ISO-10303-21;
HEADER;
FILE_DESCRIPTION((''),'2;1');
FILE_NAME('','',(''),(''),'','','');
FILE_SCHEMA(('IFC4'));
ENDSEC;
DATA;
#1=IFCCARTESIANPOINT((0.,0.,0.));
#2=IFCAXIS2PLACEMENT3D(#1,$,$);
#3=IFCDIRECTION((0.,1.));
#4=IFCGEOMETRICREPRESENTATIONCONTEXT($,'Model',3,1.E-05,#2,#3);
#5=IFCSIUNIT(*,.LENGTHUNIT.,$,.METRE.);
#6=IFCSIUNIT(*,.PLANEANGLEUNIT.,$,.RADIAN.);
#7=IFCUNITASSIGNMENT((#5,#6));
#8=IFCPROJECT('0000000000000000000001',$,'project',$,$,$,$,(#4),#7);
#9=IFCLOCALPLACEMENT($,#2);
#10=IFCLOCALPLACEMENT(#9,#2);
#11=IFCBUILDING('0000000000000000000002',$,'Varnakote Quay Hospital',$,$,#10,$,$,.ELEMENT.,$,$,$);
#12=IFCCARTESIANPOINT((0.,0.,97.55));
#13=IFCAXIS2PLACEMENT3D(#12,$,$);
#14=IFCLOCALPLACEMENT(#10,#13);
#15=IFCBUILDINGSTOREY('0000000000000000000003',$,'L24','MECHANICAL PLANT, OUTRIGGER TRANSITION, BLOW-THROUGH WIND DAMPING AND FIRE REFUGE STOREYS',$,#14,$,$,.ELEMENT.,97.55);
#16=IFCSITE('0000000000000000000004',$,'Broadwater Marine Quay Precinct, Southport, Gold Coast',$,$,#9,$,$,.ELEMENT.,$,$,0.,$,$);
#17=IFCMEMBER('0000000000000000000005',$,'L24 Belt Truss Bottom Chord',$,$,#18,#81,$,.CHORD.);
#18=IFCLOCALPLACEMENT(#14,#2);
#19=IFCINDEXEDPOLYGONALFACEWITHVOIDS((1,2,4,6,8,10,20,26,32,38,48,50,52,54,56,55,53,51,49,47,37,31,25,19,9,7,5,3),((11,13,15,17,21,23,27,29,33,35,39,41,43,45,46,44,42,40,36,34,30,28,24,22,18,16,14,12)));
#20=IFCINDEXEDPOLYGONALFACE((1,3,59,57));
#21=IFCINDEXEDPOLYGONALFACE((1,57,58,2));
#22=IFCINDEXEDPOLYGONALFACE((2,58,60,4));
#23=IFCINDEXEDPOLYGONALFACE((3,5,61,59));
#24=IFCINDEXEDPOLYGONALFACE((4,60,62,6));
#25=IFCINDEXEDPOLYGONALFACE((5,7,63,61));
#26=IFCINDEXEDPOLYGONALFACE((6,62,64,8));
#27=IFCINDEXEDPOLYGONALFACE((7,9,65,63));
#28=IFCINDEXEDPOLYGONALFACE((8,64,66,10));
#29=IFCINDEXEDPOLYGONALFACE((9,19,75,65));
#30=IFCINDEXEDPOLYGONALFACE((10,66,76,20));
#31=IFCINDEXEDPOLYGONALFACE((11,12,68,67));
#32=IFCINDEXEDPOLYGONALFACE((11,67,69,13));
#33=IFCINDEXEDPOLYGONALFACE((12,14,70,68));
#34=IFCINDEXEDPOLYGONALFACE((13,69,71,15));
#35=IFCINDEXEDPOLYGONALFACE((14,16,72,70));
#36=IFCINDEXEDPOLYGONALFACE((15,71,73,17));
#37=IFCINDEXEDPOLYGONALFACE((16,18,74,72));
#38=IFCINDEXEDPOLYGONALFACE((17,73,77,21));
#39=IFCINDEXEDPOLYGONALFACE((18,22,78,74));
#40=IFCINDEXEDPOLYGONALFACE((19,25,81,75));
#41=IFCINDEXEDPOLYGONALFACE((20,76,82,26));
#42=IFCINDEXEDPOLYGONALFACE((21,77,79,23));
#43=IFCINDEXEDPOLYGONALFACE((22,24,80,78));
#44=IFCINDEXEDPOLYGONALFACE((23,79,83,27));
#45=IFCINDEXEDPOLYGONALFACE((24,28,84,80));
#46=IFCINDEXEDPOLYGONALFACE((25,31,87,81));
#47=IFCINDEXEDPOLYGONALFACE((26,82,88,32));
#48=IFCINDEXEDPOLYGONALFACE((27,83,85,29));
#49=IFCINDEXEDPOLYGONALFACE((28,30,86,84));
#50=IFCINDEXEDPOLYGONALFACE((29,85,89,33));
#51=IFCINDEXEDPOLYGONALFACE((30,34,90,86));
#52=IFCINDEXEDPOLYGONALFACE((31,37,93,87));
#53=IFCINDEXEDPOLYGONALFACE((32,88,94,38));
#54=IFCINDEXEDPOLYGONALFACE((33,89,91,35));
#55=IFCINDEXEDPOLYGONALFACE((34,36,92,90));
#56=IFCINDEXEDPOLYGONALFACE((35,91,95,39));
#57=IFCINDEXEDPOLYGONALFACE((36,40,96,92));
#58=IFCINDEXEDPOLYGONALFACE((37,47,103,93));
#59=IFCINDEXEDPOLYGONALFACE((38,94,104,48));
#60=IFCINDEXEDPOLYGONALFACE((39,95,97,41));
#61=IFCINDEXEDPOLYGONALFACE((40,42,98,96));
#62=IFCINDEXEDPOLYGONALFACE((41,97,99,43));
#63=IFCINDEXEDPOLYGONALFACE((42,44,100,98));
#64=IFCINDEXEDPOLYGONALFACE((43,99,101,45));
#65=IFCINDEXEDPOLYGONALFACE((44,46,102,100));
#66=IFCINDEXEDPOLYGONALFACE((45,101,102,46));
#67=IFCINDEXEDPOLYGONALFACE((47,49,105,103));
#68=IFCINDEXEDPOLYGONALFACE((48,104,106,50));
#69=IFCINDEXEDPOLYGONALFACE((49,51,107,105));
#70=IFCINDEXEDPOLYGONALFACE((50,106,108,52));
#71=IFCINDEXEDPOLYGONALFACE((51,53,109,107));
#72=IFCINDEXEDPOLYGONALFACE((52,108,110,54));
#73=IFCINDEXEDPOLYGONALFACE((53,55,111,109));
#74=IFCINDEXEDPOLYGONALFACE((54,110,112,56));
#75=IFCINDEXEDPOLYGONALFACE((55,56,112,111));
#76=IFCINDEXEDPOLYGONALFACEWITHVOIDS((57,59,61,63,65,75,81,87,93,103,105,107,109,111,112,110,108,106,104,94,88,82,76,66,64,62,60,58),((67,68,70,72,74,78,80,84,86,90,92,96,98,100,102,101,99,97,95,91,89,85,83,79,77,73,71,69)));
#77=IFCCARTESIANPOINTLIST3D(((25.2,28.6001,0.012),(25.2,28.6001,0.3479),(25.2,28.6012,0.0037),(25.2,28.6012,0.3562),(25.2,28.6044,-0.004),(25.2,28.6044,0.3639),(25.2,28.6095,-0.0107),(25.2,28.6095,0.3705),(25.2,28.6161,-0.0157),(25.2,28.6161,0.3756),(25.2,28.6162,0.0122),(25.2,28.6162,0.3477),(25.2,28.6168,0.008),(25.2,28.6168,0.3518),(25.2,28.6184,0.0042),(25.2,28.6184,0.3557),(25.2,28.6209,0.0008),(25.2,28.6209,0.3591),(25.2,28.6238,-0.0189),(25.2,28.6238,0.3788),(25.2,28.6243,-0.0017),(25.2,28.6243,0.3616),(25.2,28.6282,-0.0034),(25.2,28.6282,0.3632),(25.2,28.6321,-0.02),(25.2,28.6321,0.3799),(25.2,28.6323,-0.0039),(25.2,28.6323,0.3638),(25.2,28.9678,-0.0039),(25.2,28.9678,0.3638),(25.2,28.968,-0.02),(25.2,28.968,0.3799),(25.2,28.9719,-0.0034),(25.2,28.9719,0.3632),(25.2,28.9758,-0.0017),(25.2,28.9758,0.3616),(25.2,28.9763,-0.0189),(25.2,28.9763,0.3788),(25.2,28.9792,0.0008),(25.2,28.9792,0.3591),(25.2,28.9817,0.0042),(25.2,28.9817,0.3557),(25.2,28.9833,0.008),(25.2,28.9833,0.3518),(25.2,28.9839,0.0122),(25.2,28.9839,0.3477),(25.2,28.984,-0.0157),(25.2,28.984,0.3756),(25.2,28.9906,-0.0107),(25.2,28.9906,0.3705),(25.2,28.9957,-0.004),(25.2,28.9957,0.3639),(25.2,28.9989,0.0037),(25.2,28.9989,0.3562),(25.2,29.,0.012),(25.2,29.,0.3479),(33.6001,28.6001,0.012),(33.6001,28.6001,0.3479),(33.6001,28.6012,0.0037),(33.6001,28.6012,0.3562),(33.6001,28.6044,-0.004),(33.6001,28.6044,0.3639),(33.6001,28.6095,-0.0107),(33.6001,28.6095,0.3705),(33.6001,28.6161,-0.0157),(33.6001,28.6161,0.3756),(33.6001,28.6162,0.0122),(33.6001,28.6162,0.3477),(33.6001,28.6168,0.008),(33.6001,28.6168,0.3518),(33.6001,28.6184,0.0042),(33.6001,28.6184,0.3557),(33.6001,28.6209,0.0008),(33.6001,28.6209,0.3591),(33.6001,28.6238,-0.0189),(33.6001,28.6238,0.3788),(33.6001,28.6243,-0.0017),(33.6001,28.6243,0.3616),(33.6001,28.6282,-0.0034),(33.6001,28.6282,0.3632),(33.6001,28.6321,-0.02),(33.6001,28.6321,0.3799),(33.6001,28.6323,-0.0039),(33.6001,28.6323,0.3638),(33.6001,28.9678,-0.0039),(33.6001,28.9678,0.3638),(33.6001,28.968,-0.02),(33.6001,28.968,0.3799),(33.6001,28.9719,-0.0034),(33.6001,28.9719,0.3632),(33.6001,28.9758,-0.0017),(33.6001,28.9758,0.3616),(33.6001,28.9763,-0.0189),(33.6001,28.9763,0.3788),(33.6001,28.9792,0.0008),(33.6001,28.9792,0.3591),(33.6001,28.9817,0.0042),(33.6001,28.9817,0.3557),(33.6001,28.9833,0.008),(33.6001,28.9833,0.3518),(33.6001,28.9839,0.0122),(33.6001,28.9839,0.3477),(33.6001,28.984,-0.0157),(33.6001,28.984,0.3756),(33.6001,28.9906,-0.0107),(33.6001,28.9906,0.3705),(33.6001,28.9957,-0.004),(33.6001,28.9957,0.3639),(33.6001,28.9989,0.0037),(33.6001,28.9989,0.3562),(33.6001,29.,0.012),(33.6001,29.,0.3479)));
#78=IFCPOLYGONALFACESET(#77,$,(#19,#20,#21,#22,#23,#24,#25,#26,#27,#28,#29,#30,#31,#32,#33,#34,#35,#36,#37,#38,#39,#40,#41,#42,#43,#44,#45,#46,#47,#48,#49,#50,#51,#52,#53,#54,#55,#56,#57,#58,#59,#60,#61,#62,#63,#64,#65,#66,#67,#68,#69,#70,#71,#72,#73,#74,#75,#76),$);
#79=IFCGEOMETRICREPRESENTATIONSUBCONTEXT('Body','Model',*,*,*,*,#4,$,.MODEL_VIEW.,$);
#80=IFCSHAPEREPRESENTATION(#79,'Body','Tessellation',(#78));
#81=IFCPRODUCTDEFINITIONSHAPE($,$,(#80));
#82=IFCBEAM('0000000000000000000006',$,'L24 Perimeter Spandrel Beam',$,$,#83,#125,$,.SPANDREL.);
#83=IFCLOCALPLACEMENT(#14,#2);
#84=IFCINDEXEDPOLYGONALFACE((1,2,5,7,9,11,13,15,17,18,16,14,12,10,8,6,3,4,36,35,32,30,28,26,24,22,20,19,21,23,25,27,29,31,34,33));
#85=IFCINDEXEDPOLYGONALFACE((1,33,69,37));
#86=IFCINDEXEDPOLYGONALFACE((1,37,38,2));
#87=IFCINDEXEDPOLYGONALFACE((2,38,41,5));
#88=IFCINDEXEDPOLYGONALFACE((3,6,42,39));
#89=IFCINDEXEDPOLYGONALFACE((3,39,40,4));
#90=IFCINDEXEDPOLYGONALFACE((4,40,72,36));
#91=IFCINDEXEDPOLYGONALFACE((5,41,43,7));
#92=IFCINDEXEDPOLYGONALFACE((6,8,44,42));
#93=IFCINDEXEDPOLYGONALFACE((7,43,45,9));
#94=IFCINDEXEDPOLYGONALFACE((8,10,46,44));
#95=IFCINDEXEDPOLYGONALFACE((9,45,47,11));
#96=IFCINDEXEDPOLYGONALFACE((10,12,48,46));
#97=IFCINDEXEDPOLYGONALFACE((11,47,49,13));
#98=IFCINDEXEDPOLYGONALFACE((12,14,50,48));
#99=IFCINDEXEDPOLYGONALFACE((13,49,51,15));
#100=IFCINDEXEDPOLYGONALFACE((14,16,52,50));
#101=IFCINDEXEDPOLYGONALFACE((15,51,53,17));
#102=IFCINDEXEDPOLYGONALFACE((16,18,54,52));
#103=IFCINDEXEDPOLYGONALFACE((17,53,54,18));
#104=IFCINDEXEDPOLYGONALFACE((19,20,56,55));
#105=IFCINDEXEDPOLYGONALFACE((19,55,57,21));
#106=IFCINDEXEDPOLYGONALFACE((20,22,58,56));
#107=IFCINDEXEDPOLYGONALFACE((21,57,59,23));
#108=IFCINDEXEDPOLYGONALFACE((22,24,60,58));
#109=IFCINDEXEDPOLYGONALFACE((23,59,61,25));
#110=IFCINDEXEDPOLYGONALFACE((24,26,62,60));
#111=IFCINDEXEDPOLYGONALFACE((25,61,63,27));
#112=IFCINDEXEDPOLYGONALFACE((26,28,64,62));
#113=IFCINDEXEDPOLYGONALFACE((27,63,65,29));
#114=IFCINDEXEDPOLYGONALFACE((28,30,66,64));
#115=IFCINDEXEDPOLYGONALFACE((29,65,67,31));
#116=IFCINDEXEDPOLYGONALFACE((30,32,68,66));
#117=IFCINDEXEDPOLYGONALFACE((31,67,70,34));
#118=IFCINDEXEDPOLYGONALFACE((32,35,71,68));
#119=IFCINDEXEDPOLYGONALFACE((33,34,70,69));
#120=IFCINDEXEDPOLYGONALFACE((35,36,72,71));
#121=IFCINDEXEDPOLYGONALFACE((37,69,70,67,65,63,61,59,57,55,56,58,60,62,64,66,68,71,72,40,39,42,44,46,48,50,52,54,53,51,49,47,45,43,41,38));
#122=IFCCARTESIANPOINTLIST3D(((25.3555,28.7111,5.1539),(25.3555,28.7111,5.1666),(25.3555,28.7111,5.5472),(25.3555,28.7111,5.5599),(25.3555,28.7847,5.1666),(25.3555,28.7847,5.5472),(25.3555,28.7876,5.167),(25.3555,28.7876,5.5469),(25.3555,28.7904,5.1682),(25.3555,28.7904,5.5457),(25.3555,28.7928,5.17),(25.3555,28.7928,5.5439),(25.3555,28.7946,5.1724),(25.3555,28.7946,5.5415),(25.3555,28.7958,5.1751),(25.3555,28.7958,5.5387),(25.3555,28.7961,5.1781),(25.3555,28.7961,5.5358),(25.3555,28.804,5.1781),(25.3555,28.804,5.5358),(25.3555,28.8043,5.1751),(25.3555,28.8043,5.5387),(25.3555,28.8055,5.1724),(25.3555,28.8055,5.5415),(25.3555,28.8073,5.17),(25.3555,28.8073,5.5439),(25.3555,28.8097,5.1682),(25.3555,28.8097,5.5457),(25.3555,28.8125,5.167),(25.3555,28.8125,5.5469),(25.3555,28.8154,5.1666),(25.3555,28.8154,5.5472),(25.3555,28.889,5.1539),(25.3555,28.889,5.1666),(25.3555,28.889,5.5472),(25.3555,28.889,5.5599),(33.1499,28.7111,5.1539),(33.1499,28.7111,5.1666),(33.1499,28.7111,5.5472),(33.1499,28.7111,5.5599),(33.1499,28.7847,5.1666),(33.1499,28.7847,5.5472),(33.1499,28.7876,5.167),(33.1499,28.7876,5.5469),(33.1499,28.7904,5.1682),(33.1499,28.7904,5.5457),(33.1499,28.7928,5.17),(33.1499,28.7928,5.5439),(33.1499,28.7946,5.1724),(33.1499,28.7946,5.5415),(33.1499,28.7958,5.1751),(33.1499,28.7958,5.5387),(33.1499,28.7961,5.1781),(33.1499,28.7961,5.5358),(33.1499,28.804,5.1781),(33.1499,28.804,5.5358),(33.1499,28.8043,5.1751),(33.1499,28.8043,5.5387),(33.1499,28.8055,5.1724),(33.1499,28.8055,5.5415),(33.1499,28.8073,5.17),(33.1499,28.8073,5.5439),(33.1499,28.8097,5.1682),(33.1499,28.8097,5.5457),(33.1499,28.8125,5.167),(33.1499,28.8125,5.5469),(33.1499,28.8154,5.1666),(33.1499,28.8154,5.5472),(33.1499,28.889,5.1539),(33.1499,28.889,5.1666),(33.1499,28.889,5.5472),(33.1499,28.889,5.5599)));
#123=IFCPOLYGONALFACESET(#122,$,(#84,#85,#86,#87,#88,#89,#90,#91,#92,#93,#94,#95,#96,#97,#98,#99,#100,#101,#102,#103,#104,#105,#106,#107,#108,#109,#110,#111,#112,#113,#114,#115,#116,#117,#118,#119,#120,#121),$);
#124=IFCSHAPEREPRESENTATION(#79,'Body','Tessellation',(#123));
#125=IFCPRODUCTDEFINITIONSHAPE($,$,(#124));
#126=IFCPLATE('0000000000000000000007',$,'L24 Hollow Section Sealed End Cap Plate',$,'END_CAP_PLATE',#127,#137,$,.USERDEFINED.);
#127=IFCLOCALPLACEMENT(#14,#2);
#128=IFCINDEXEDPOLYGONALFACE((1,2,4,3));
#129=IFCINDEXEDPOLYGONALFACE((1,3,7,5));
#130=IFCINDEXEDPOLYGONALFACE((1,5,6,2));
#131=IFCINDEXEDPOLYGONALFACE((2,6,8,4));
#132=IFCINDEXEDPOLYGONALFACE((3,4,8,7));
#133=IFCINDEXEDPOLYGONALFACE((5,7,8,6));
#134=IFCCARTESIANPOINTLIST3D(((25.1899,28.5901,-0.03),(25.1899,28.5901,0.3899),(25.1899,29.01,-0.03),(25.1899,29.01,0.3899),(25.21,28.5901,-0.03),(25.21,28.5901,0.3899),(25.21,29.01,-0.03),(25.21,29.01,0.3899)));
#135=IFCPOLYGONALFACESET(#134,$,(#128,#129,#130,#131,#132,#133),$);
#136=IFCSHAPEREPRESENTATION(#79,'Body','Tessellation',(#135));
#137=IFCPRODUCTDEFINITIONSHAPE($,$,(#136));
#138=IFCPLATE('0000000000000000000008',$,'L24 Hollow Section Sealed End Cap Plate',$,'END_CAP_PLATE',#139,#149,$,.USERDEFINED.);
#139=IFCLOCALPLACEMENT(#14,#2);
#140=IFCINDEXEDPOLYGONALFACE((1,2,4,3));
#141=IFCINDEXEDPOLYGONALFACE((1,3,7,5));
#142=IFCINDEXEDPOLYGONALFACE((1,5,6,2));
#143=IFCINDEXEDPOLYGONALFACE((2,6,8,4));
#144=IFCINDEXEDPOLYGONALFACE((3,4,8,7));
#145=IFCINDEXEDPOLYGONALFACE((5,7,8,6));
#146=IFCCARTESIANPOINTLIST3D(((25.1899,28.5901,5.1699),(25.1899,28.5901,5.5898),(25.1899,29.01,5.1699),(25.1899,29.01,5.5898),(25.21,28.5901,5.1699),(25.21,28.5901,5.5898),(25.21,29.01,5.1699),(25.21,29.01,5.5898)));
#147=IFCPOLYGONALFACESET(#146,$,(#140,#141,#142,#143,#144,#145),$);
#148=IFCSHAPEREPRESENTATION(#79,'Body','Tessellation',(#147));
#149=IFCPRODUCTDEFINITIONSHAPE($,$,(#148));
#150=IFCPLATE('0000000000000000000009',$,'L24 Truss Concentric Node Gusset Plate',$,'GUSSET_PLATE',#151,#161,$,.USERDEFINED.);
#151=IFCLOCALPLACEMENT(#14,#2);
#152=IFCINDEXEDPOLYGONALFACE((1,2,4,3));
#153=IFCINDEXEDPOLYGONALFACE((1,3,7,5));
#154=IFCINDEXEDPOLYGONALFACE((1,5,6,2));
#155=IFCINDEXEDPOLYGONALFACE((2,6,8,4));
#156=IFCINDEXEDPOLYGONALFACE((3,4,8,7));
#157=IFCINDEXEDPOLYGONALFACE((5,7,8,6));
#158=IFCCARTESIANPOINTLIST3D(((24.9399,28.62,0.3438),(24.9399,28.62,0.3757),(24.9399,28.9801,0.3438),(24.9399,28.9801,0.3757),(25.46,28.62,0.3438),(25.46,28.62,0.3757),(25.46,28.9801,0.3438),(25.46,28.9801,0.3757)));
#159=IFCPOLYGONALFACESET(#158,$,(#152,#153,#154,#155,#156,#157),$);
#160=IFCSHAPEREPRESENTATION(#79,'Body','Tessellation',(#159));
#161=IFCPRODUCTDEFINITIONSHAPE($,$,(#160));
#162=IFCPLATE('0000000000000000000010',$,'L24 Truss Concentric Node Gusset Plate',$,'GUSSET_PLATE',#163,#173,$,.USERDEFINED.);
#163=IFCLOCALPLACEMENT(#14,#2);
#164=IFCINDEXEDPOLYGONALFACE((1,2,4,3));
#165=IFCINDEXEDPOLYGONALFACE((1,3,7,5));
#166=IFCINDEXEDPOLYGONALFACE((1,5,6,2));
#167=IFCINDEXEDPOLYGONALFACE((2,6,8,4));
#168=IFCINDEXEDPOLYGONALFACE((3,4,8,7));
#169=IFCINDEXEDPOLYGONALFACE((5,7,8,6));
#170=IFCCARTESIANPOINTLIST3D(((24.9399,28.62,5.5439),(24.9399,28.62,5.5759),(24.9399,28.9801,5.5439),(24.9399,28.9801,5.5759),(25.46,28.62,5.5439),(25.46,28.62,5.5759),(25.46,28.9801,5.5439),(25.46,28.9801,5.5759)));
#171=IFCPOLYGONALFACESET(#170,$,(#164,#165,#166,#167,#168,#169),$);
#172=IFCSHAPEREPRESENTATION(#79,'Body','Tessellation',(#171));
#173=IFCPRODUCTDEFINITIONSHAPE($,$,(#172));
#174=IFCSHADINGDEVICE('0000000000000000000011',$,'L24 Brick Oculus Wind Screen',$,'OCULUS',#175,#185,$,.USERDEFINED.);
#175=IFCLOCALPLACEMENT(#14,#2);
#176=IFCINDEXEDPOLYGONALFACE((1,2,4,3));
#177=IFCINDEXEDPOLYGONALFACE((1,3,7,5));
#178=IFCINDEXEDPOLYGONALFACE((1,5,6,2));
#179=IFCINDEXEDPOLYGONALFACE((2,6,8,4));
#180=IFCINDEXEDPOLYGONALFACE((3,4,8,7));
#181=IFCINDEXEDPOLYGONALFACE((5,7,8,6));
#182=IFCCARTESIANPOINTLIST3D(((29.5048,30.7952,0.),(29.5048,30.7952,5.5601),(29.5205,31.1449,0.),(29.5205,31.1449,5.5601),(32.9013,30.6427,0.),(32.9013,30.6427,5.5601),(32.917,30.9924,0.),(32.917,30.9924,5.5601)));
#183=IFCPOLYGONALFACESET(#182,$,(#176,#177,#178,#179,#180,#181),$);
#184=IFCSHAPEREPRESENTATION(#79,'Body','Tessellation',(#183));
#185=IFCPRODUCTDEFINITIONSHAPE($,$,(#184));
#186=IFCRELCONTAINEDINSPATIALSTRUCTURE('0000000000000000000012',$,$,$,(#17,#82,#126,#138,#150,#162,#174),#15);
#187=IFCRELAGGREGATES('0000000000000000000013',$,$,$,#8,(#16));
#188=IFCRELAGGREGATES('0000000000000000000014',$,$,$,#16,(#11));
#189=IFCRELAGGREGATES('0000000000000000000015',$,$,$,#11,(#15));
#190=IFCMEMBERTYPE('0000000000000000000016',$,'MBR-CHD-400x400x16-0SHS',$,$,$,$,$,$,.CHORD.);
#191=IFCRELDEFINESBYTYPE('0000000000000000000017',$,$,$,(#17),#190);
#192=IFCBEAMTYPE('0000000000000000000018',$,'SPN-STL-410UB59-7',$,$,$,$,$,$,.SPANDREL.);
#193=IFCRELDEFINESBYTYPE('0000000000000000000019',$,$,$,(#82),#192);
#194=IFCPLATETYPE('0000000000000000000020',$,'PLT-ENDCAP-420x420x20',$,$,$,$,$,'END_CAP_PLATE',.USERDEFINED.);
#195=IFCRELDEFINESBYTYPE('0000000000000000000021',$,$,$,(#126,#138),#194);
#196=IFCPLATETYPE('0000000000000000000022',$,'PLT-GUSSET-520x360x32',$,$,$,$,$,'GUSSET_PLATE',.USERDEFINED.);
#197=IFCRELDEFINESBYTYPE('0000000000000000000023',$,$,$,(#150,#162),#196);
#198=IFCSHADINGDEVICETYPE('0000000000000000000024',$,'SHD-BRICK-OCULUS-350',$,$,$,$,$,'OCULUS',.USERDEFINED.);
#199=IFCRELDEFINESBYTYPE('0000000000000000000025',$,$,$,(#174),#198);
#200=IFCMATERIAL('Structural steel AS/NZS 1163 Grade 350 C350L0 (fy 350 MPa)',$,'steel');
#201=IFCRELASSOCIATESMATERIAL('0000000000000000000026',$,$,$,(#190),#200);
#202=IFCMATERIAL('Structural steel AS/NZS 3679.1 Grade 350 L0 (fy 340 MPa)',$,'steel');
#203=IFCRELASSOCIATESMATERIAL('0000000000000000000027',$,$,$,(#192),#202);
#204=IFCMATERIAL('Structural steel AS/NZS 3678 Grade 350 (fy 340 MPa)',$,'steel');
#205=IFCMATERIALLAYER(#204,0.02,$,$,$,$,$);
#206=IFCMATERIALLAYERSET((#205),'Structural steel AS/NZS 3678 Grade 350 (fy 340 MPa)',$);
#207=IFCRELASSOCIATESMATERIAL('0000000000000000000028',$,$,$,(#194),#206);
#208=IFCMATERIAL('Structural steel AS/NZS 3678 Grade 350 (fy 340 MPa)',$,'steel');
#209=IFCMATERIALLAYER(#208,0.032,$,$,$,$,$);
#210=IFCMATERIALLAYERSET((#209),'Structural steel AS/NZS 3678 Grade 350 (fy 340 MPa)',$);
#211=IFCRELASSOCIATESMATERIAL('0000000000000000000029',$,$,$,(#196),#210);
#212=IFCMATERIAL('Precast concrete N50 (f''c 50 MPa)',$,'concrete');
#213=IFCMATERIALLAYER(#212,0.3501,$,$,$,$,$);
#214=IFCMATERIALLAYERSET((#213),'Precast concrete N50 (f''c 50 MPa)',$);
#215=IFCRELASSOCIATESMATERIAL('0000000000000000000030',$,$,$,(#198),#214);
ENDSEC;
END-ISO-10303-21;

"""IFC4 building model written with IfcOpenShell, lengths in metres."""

from ifc_helpers import new_model, si_unit, direction, frame, origin, origin_2d, place, context, subcontext, project, spatial, rectangle, hollow_rectangle, i_section, extrude, material, layer, layer_set, material_profile, profile_set, type_object, element, save


model = new_model("IFC4")

# Units and contexts
model_context = context("Model", 3, precision=1e-05, world=origin(), true_north=direction((0.0, 1.0)))
body_context = subcontext(model_context, "Body", "Model", "MODEL_VIEW")
ifc_project = project(units=[si_unit("LENGTHUNIT", "METRE"), si_unit("PLANEANGLEUNIT", "RADIAN")], contexts=[model_context])

# Site, building, storey
site_placement = place(None, origin())
site = spatial("IfcSite", under=ifc_project, at=site_placement, Name="Broadwater Marine Quay Precinct, Southport, Gold Coast", CompositionType="ELEMENT", RefElevation=0.0)
building_placement = place(site_placement, origin())
building = spatial("IfcBuilding", under=site, at=building_placement, Name="Varnakote Quay Hospital", CompositionType="ELEMENT")
storey_placement = place(building_placement, frame((0.0, 0.0, 97.55)))
storey = spatial("IfcBuildingStorey", under=building, at=storey_placement, Name="L24", Description="MECHANICAL PLANT, OUTRIGGER TRANSITION, BLOW-THROUGH WIND DAMPING AND FIRE REFUGE STOREYS", CompositionType="ELEMENT", Elevation=97.55)

# Member
ifc_material_1 = material(Name="Structural steel AS/NZS 1163 Grade 350 C350L0 (fy 350 MPa)", Category="steel")
ifc_material_profile_1 = material_profile(ifc_material_1, hollow_rectangle(XDim=0.3999, YDim=0.3999, WallThickness=0.0161, InnerFilletRadius=0.0161, OuterFilletRadius=0.032, at=origin_2d()), Name="400x400x16.0SHS")
ifc_profile_set_1 = profile_set([ifc_material_profile_1], Name="Structural steel AS/NZS 1163 Grade 350 C350L0 (fy 350 MPa)")
member_type_1 = type_object("IfcMemberType", Name="MBR-CHD-400x400x16-0SHS", PredefinedType="CHORD", material=ifc_profile_set_1)
for number, where, z_axis, x_axis, name in (
    (1, (25.2, 28.8, 0.1799), (1.0, 0.0, 0.0), (0.0, 1.0, 0.0), "L24 Belt Truss Bottom Chord"),
):
    element("IfcMember", number, at=place(storey_placement, frame(where, z_axis=z_axis, x_axis=x_axis)), inside=storey, type_object=member_type_1, Name=name, PredefinedType="CHORD", context=body_context, shape_type="SweptSolid", body=[
        extrude(hollow_rectangle(XDim=0.3999, YDim=0.3999, WallThickness=0.0161, InnerFilletRadius=0.0161, OuterFilletRadius=0.032, at=origin_2d()), origin(), (0.0, 0.0, 1.0), 8.4001),
    ])

# Beam
ifc_material_2 = material(Name="Structural steel AS/NZS 3679.1 Grade 350 L0 (fy 340 MPa)", Category="steel")
ifc_material_profile_2 = material_profile(ifc_material_2, i_section(OverallWidth=0.178, OverallDepth=0.406, WebThickness=0.0078, FlangeThickness=0.0127, FilletRadius=0.0115, at=origin_2d()), Name="410UB59.7")
ifc_profile_set_2 = profile_set([ifc_material_profile_2], Name="Structural steel AS/NZS 3679.1 Grade 350 L0 (fy 340 MPa)")
beam_type_1 = type_object("IfcBeamType", Name="SPN-STL-410UB59-7", PredefinedType="SPANDREL", material=ifc_profile_set_2)
beam_1_placement = place(storey_placement, frame((25.3555, 28.8, 5.3569), z_axis=(1.0, 0.0, 0.0), x_axis=(0.0, 1.0, 0.0)))
element("IfcBeam", 2, at=beam_1_placement, inside=storey, type_object=beam_type_1, Name="L24 Perimeter Spandrel Beam", PredefinedType="SPANDREL", context=body_context, shape_type="SweptSolid", body=[
    extrude(i_section(OverallWidth=0.178, OverallDepth=0.406, WebThickness=0.0078, FlangeThickness=0.0127, FilletRadius=0.0115, at=origin_2d()), origin(), (0.0, 0.0, 1.0), 7.7944),
])

# Plates
ifc_material_3 = material(Name="Structural steel AS/NZS 3678 Grade 350 (fy 340 MPa)", Category="steel")
ifc_layer_1 = layer(ifc_material_3, 0.02)
ifc_layer_set_1 = layer_set([ifc_layer_1], Name="Structural steel AS/NZS 3678 Grade 350 (fy 340 MPa)")
plate_type_1 = type_object("IfcPlateType", Name="PLT-ENDCAP-420x420x20", ElementType="END_CAP_PLATE", PredefinedType="USERDEFINED", material=ifc_layer_set_1)
for number, where, z_axis, x_axis, name in (
    (3, (25.2, 28.8, -0.03), (0.0, 0.0, 1.0), (1.0, 0.0, 0.0), "L24 Hollow Section Sealed End Cap Plate"),
    (4, (25.2, 28.8, 5.1699), (0.0, 0.0, 1.0), (1.0, 0.0, 0.0), "L24 Hollow Section Sealed End Cap Plate"),
):
    element("IfcPlate", number, at=place(storey_placement, frame(where, z_axis=z_axis, x_axis=x_axis)), inside=storey, type_object=plate_type_1, Name=name, ObjectType="END_CAP_PLATE", PredefinedType="USERDEFINED", context=body_context, shape_type="SweptSolid", body=[
        extrude(rectangle(XDim=0.02, YDim=0.4199, at=origin_2d()), origin(), (0.0, 0.0, 1.0), 0.4199),
    ])
ifc_material_4 = material(Name="Structural steel AS/NZS 3678 Grade 350 (fy 340 MPa)", Category="steel")
ifc_layer_2 = layer(ifc_material_4, 0.032)
ifc_layer_set_2 = layer_set([ifc_layer_2], Name="Structural steel AS/NZS 3678 Grade 350 (fy 340 MPa)")
plate_type_2 = type_object("IfcPlateType", Name="PLT-GUSSET-520x360x32", ElementType="GUSSET_PLATE", PredefinedType="USERDEFINED", material=ifc_layer_set_2)
for number, where, z_axis, x_axis, name in (
    (5, (25.2, 28.8, 0.3438), (0.0, 0.0, 1.0), (1.0, 0.0, 0.0), "L24 Truss Concentric Node Gusset Plate"),
    (6, (25.2, 28.8, 5.5439), (0.0, 0.0, 1.0), (1.0, 0.0, 0.0), "L24 Truss Concentric Node Gusset Plate"),
):
    element("IfcPlate", number, at=place(storey_placement, frame(where, z_axis=z_axis, x_axis=x_axis)), inside=storey, type_object=plate_type_2, Name=name, ObjectType="GUSSET_PLATE", PredefinedType="USERDEFINED", context=body_context, shape_type="SweptSolid", body=[
        extrude(rectangle(XDim=0.52, YDim=0.3601, at=origin_2d()), origin(), (0.0, 0.0, 1.0), 0.032),
    ])

# Shading device
ifc_material_5 = material(Name="Precast concrete N50 (f'c 50 MPa)", Category="concrete")
ifc_layer_3 = layer(ifc_material_5, 0.3501)
ifc_layer_set_3 = layer_set([ifc_layer_3], Name="Precast concrete N50 (f'c 50 MPa)")
shading_device_type = type_object("IfcShadingDeviceType", Name="SHD-BRICK-OCULUS-350", ElementType="OCULUS", PredefinedType="USERDEFINED", material=ifc_layer_set_3)
for number, where, z_axis, x_axis, name in (
    (7, (31.2109, 30.8938, 0.0), (0.0, 0.0, 1.0), (-0.998994, 0.04484, 0.0), "L24 Brick Oculus Wind Screen"),
):
    element("IfcShadingDevice", number, at=place(storey_placement, frame(where, z_axis=z_axis, x_axis=x_axis)), inside=storey, type_object=shading_device_type, Name=name, ObjectType="OCULUS", PredefinedType="USERDEFINED", context=body_context, shape_type="SweptSolid", body=[
        extrude(rectangle(XDim=3.3999, YDim=0.3501, at=origin_2d()), origin(), (0.0, 0.0, 1.0), 5.5601),
    ])

save(model, "model.ifc")
